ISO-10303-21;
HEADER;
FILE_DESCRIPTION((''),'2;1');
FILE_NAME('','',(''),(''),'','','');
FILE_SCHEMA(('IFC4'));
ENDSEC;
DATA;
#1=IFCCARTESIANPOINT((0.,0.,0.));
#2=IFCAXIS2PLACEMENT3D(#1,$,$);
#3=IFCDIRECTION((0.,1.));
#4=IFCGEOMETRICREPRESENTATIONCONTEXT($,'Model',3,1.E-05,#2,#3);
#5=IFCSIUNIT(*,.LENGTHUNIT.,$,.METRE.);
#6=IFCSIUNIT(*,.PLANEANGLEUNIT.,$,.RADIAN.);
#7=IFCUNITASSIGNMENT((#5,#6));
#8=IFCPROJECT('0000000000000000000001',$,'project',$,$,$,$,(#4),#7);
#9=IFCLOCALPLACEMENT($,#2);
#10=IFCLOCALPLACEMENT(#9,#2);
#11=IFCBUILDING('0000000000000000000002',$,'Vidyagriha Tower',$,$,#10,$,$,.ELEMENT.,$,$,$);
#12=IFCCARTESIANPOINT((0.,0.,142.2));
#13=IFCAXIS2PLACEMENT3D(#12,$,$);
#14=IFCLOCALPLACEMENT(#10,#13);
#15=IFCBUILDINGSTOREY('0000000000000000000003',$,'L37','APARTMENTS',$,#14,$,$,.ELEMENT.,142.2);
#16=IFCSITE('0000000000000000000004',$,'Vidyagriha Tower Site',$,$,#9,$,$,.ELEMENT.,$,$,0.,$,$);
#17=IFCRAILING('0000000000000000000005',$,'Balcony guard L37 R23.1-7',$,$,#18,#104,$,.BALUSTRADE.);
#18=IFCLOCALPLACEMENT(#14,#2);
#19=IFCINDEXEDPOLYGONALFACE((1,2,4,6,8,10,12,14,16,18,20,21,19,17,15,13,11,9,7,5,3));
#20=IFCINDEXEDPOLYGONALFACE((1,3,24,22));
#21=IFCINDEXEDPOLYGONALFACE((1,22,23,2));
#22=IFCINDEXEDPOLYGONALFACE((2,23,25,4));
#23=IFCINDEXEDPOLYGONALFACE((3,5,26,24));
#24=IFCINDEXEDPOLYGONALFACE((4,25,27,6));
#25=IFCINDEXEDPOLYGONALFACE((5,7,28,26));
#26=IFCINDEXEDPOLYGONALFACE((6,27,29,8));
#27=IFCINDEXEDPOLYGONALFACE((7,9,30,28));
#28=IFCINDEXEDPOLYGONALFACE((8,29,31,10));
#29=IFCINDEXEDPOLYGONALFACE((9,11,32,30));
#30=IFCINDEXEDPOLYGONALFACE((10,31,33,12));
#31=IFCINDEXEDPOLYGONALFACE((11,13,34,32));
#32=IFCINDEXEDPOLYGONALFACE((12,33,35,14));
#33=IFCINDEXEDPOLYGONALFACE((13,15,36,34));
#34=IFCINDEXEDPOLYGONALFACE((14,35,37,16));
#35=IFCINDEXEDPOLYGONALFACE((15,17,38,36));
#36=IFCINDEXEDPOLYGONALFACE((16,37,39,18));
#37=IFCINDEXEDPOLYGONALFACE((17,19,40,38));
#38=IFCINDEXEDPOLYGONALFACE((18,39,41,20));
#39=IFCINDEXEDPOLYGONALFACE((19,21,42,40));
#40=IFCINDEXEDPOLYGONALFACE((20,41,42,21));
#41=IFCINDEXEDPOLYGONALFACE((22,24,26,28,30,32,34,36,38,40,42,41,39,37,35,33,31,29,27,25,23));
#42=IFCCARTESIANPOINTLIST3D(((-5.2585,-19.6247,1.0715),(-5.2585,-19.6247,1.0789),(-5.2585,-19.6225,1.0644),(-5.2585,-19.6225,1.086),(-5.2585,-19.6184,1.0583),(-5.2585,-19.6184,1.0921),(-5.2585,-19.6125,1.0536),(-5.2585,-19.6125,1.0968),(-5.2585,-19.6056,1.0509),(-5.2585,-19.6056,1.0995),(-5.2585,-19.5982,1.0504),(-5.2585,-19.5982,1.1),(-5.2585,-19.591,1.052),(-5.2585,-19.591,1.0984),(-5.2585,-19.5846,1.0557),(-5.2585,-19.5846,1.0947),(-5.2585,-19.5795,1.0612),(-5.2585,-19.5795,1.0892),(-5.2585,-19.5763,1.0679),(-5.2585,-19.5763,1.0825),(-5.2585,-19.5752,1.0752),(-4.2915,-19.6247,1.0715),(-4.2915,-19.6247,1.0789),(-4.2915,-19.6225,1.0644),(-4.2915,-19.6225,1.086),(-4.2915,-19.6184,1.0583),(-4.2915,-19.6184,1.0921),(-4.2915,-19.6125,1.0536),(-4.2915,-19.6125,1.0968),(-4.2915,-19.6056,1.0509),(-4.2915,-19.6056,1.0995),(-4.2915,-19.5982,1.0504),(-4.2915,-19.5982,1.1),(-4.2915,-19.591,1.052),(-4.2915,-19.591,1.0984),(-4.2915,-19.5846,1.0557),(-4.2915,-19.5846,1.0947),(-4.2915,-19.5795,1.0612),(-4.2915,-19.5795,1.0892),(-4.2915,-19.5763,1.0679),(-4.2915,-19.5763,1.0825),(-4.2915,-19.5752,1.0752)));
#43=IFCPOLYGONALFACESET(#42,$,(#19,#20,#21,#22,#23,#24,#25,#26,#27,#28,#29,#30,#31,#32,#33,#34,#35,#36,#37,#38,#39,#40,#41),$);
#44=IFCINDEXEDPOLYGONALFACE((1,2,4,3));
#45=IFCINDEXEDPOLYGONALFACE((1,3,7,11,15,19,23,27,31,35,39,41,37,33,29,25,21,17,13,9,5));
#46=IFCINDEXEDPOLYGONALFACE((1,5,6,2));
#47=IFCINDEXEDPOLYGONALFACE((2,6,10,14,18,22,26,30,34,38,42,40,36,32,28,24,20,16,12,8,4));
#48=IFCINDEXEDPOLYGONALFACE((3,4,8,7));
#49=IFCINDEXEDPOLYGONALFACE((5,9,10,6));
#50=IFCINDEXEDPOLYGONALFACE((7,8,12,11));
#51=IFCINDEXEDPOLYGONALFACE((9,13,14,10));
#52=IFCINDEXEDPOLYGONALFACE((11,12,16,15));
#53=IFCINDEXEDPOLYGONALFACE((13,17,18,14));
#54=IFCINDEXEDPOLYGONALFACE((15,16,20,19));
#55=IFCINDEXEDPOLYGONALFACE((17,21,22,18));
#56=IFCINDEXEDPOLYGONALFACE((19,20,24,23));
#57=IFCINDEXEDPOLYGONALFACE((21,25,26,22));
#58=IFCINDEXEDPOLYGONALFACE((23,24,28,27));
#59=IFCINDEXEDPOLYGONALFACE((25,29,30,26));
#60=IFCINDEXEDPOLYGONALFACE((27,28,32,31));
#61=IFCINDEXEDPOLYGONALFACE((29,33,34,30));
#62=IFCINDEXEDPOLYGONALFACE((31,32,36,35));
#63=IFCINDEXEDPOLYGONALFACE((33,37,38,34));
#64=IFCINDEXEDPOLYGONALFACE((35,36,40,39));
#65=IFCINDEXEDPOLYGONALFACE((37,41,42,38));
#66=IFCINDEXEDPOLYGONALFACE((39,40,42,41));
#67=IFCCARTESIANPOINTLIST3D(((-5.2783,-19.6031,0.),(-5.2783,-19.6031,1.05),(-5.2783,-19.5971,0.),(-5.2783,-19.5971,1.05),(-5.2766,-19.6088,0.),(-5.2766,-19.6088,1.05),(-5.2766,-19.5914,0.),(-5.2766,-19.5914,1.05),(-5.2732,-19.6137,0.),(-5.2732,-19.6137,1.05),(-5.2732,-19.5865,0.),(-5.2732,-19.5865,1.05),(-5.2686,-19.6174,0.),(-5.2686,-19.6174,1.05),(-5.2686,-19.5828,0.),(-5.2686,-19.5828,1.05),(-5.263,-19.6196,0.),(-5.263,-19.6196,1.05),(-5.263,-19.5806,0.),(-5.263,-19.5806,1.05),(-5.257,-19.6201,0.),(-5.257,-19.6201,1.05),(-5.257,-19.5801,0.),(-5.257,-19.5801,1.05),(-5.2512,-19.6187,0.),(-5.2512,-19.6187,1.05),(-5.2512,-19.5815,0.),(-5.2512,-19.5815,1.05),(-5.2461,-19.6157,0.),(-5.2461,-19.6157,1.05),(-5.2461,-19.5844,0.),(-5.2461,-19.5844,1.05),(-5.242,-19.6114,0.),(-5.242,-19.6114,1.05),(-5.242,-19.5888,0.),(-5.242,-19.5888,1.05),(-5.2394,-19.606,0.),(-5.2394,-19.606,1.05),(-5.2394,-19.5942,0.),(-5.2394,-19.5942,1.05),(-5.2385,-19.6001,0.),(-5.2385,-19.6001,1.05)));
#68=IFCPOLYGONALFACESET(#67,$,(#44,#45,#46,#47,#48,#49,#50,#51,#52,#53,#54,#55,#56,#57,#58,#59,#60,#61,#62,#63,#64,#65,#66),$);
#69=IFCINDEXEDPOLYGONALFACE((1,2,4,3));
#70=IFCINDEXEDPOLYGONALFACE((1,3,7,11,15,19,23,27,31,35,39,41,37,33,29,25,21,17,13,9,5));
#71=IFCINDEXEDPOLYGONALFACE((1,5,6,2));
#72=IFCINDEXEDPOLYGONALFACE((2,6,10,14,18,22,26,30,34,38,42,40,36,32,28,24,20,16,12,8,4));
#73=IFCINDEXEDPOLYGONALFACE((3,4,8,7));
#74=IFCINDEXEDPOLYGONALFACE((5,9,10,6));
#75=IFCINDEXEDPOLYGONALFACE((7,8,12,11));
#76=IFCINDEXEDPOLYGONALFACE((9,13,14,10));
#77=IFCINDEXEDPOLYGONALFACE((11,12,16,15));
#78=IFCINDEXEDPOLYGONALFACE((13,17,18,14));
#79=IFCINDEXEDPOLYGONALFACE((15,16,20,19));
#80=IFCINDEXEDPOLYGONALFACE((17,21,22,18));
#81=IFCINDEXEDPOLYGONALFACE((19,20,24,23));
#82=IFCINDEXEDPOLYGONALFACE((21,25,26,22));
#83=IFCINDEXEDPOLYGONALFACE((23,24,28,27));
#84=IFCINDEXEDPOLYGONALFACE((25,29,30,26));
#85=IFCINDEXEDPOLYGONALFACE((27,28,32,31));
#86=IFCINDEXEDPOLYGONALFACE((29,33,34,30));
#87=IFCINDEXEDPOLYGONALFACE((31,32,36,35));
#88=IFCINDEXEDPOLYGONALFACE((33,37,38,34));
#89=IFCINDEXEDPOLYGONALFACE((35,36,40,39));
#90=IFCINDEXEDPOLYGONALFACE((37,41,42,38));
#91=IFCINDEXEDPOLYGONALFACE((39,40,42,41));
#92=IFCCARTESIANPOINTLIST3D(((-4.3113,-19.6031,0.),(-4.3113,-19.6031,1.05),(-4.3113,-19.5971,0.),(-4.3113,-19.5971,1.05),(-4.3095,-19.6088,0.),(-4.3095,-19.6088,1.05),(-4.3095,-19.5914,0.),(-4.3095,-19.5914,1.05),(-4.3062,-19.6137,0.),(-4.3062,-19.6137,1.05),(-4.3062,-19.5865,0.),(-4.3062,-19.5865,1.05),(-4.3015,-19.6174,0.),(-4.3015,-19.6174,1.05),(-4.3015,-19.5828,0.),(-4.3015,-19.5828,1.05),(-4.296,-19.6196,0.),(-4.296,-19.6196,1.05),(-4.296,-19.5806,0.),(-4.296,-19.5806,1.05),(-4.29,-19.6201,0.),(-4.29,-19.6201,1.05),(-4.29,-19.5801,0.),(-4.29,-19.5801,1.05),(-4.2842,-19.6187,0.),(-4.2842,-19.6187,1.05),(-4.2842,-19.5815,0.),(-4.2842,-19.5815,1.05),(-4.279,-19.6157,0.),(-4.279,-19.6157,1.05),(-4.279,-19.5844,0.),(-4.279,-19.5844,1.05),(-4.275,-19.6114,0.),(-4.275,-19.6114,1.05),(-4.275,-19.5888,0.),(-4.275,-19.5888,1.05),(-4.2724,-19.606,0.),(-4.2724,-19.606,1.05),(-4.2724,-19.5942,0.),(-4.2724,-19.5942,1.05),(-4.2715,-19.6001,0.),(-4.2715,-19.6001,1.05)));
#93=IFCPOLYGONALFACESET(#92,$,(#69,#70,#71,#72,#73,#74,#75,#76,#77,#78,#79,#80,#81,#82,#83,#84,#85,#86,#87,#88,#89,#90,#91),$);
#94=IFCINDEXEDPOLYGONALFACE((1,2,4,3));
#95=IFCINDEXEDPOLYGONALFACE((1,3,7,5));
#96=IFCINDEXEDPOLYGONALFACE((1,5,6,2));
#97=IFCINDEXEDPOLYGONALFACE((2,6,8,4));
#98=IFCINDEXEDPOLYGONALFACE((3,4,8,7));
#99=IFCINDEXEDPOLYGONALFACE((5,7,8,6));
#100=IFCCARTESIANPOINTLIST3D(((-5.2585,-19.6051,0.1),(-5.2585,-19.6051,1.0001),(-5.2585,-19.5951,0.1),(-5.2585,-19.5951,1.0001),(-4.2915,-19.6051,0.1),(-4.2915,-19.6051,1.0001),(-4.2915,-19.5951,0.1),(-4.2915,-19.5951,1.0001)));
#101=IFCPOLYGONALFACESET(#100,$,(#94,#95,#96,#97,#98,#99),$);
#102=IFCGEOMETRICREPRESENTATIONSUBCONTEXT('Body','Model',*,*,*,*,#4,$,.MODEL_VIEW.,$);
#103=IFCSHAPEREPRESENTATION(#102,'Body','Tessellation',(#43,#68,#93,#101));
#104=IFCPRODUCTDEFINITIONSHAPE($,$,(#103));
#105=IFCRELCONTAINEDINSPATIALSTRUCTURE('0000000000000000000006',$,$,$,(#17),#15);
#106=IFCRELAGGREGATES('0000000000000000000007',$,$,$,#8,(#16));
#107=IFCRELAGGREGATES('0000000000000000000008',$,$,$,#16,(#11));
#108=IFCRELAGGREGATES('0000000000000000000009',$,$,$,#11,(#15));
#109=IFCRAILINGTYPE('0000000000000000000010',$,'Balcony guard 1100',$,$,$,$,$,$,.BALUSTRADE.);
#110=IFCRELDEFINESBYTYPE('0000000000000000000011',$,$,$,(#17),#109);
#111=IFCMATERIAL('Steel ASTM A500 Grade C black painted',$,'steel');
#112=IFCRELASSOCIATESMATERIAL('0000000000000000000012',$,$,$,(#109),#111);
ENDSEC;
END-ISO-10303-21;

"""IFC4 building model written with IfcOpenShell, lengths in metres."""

from ifc_helpers import new_model, si_unit, direction, frame, origin, origin_2d, place, context, subcontext, project, spatial, rectangle, circle, extrude, material, type_object, element, save


model = new_model("IFC4")

# Units and contexts
model_context = context("Model", 3, precision=1e-05, world=origin(), true_north=direction((0.0, 1.0)))
body_context = subcontext(model_context, "Body", "Model", "MODEL_VIEW")
ifc_project = project(units=[si_unit("LENGTHUNIT", "METRE"), si_unit("PLANEANGLEUNIT", "RADIAN")], contexts=[model_context])

# Site, building, storey
site_placement = place(None, origin())
site = spatial("IfcSite", under=ifc_project, at=site_placement, Name="Vidyagriha Tower Site", CompositionType="ELEMENT", RefElevation=0.0)
building_placement = place(site_placement, origin())
building = spatial("IfcBuilding", under=site, at=building_placement, Name="Vidyagriha Tower", CompositionType="ELEMENT")
storey_placement = place(building_placement, frame((0.0, 0.0, 142.2)))
storey = spatial("IfcBuildingStorey", under=building, at=storey_placement, Name="L37", Description="APARTMENTS", CompositionType="ELEMENT", Elevation=142.2)

# Railing
ifc_material_1 = material(Name="Steel ASTM A500 Grade C black painted", Category="steel")
railing_type = type_object("IfcRailingType", Name="Balcony guard 1100", PredefinedType="BALUSTRADE", material=ifc_material_1)
railing_1_placement = place(storey_placement, frame((-5.2585, -19.6001, 0.0)))
element("IfcRailing", 1, at=railing_1_placement, inside=storey, type_object=railing_type, Name="Balcony guard L37 R23.1-7", PredefinedType="BALUSTRADE", context=body_context, shape_type="SweptSolid", body=[
    extrude(circle(Radius=0.0249, at=origin_2d()), frame((0.0, 0.0, 1.0752), z_axis=(1.0, 0.0, 0.0), x_axis=(0.0, 1.0, 0.0)), (0.0, 0.0, 1.0), 0.967),
    extrude(circle(Radius=0.02, at=origin_2d()), origin(), (0.0, 0.0, 1.0), 1.05),
    extrude(circle(Radius=0.02, at=origin_2d()), frame((0.967, 0.0, 0.0)), (0.0, 0.0, 1.0), 1.05),
    extrude(rectangle(XDim=0.01, YDim=0.9001, at=origin_2d()), frame((0.0, 0.0, 0.55), z_axis=(1.0, 0.0, 0.0), x_axis=(0.0, 1.0, 0.0)), (0.0, 0.0, 1.0), 0.967),
])

save(model, "model.ifc")
